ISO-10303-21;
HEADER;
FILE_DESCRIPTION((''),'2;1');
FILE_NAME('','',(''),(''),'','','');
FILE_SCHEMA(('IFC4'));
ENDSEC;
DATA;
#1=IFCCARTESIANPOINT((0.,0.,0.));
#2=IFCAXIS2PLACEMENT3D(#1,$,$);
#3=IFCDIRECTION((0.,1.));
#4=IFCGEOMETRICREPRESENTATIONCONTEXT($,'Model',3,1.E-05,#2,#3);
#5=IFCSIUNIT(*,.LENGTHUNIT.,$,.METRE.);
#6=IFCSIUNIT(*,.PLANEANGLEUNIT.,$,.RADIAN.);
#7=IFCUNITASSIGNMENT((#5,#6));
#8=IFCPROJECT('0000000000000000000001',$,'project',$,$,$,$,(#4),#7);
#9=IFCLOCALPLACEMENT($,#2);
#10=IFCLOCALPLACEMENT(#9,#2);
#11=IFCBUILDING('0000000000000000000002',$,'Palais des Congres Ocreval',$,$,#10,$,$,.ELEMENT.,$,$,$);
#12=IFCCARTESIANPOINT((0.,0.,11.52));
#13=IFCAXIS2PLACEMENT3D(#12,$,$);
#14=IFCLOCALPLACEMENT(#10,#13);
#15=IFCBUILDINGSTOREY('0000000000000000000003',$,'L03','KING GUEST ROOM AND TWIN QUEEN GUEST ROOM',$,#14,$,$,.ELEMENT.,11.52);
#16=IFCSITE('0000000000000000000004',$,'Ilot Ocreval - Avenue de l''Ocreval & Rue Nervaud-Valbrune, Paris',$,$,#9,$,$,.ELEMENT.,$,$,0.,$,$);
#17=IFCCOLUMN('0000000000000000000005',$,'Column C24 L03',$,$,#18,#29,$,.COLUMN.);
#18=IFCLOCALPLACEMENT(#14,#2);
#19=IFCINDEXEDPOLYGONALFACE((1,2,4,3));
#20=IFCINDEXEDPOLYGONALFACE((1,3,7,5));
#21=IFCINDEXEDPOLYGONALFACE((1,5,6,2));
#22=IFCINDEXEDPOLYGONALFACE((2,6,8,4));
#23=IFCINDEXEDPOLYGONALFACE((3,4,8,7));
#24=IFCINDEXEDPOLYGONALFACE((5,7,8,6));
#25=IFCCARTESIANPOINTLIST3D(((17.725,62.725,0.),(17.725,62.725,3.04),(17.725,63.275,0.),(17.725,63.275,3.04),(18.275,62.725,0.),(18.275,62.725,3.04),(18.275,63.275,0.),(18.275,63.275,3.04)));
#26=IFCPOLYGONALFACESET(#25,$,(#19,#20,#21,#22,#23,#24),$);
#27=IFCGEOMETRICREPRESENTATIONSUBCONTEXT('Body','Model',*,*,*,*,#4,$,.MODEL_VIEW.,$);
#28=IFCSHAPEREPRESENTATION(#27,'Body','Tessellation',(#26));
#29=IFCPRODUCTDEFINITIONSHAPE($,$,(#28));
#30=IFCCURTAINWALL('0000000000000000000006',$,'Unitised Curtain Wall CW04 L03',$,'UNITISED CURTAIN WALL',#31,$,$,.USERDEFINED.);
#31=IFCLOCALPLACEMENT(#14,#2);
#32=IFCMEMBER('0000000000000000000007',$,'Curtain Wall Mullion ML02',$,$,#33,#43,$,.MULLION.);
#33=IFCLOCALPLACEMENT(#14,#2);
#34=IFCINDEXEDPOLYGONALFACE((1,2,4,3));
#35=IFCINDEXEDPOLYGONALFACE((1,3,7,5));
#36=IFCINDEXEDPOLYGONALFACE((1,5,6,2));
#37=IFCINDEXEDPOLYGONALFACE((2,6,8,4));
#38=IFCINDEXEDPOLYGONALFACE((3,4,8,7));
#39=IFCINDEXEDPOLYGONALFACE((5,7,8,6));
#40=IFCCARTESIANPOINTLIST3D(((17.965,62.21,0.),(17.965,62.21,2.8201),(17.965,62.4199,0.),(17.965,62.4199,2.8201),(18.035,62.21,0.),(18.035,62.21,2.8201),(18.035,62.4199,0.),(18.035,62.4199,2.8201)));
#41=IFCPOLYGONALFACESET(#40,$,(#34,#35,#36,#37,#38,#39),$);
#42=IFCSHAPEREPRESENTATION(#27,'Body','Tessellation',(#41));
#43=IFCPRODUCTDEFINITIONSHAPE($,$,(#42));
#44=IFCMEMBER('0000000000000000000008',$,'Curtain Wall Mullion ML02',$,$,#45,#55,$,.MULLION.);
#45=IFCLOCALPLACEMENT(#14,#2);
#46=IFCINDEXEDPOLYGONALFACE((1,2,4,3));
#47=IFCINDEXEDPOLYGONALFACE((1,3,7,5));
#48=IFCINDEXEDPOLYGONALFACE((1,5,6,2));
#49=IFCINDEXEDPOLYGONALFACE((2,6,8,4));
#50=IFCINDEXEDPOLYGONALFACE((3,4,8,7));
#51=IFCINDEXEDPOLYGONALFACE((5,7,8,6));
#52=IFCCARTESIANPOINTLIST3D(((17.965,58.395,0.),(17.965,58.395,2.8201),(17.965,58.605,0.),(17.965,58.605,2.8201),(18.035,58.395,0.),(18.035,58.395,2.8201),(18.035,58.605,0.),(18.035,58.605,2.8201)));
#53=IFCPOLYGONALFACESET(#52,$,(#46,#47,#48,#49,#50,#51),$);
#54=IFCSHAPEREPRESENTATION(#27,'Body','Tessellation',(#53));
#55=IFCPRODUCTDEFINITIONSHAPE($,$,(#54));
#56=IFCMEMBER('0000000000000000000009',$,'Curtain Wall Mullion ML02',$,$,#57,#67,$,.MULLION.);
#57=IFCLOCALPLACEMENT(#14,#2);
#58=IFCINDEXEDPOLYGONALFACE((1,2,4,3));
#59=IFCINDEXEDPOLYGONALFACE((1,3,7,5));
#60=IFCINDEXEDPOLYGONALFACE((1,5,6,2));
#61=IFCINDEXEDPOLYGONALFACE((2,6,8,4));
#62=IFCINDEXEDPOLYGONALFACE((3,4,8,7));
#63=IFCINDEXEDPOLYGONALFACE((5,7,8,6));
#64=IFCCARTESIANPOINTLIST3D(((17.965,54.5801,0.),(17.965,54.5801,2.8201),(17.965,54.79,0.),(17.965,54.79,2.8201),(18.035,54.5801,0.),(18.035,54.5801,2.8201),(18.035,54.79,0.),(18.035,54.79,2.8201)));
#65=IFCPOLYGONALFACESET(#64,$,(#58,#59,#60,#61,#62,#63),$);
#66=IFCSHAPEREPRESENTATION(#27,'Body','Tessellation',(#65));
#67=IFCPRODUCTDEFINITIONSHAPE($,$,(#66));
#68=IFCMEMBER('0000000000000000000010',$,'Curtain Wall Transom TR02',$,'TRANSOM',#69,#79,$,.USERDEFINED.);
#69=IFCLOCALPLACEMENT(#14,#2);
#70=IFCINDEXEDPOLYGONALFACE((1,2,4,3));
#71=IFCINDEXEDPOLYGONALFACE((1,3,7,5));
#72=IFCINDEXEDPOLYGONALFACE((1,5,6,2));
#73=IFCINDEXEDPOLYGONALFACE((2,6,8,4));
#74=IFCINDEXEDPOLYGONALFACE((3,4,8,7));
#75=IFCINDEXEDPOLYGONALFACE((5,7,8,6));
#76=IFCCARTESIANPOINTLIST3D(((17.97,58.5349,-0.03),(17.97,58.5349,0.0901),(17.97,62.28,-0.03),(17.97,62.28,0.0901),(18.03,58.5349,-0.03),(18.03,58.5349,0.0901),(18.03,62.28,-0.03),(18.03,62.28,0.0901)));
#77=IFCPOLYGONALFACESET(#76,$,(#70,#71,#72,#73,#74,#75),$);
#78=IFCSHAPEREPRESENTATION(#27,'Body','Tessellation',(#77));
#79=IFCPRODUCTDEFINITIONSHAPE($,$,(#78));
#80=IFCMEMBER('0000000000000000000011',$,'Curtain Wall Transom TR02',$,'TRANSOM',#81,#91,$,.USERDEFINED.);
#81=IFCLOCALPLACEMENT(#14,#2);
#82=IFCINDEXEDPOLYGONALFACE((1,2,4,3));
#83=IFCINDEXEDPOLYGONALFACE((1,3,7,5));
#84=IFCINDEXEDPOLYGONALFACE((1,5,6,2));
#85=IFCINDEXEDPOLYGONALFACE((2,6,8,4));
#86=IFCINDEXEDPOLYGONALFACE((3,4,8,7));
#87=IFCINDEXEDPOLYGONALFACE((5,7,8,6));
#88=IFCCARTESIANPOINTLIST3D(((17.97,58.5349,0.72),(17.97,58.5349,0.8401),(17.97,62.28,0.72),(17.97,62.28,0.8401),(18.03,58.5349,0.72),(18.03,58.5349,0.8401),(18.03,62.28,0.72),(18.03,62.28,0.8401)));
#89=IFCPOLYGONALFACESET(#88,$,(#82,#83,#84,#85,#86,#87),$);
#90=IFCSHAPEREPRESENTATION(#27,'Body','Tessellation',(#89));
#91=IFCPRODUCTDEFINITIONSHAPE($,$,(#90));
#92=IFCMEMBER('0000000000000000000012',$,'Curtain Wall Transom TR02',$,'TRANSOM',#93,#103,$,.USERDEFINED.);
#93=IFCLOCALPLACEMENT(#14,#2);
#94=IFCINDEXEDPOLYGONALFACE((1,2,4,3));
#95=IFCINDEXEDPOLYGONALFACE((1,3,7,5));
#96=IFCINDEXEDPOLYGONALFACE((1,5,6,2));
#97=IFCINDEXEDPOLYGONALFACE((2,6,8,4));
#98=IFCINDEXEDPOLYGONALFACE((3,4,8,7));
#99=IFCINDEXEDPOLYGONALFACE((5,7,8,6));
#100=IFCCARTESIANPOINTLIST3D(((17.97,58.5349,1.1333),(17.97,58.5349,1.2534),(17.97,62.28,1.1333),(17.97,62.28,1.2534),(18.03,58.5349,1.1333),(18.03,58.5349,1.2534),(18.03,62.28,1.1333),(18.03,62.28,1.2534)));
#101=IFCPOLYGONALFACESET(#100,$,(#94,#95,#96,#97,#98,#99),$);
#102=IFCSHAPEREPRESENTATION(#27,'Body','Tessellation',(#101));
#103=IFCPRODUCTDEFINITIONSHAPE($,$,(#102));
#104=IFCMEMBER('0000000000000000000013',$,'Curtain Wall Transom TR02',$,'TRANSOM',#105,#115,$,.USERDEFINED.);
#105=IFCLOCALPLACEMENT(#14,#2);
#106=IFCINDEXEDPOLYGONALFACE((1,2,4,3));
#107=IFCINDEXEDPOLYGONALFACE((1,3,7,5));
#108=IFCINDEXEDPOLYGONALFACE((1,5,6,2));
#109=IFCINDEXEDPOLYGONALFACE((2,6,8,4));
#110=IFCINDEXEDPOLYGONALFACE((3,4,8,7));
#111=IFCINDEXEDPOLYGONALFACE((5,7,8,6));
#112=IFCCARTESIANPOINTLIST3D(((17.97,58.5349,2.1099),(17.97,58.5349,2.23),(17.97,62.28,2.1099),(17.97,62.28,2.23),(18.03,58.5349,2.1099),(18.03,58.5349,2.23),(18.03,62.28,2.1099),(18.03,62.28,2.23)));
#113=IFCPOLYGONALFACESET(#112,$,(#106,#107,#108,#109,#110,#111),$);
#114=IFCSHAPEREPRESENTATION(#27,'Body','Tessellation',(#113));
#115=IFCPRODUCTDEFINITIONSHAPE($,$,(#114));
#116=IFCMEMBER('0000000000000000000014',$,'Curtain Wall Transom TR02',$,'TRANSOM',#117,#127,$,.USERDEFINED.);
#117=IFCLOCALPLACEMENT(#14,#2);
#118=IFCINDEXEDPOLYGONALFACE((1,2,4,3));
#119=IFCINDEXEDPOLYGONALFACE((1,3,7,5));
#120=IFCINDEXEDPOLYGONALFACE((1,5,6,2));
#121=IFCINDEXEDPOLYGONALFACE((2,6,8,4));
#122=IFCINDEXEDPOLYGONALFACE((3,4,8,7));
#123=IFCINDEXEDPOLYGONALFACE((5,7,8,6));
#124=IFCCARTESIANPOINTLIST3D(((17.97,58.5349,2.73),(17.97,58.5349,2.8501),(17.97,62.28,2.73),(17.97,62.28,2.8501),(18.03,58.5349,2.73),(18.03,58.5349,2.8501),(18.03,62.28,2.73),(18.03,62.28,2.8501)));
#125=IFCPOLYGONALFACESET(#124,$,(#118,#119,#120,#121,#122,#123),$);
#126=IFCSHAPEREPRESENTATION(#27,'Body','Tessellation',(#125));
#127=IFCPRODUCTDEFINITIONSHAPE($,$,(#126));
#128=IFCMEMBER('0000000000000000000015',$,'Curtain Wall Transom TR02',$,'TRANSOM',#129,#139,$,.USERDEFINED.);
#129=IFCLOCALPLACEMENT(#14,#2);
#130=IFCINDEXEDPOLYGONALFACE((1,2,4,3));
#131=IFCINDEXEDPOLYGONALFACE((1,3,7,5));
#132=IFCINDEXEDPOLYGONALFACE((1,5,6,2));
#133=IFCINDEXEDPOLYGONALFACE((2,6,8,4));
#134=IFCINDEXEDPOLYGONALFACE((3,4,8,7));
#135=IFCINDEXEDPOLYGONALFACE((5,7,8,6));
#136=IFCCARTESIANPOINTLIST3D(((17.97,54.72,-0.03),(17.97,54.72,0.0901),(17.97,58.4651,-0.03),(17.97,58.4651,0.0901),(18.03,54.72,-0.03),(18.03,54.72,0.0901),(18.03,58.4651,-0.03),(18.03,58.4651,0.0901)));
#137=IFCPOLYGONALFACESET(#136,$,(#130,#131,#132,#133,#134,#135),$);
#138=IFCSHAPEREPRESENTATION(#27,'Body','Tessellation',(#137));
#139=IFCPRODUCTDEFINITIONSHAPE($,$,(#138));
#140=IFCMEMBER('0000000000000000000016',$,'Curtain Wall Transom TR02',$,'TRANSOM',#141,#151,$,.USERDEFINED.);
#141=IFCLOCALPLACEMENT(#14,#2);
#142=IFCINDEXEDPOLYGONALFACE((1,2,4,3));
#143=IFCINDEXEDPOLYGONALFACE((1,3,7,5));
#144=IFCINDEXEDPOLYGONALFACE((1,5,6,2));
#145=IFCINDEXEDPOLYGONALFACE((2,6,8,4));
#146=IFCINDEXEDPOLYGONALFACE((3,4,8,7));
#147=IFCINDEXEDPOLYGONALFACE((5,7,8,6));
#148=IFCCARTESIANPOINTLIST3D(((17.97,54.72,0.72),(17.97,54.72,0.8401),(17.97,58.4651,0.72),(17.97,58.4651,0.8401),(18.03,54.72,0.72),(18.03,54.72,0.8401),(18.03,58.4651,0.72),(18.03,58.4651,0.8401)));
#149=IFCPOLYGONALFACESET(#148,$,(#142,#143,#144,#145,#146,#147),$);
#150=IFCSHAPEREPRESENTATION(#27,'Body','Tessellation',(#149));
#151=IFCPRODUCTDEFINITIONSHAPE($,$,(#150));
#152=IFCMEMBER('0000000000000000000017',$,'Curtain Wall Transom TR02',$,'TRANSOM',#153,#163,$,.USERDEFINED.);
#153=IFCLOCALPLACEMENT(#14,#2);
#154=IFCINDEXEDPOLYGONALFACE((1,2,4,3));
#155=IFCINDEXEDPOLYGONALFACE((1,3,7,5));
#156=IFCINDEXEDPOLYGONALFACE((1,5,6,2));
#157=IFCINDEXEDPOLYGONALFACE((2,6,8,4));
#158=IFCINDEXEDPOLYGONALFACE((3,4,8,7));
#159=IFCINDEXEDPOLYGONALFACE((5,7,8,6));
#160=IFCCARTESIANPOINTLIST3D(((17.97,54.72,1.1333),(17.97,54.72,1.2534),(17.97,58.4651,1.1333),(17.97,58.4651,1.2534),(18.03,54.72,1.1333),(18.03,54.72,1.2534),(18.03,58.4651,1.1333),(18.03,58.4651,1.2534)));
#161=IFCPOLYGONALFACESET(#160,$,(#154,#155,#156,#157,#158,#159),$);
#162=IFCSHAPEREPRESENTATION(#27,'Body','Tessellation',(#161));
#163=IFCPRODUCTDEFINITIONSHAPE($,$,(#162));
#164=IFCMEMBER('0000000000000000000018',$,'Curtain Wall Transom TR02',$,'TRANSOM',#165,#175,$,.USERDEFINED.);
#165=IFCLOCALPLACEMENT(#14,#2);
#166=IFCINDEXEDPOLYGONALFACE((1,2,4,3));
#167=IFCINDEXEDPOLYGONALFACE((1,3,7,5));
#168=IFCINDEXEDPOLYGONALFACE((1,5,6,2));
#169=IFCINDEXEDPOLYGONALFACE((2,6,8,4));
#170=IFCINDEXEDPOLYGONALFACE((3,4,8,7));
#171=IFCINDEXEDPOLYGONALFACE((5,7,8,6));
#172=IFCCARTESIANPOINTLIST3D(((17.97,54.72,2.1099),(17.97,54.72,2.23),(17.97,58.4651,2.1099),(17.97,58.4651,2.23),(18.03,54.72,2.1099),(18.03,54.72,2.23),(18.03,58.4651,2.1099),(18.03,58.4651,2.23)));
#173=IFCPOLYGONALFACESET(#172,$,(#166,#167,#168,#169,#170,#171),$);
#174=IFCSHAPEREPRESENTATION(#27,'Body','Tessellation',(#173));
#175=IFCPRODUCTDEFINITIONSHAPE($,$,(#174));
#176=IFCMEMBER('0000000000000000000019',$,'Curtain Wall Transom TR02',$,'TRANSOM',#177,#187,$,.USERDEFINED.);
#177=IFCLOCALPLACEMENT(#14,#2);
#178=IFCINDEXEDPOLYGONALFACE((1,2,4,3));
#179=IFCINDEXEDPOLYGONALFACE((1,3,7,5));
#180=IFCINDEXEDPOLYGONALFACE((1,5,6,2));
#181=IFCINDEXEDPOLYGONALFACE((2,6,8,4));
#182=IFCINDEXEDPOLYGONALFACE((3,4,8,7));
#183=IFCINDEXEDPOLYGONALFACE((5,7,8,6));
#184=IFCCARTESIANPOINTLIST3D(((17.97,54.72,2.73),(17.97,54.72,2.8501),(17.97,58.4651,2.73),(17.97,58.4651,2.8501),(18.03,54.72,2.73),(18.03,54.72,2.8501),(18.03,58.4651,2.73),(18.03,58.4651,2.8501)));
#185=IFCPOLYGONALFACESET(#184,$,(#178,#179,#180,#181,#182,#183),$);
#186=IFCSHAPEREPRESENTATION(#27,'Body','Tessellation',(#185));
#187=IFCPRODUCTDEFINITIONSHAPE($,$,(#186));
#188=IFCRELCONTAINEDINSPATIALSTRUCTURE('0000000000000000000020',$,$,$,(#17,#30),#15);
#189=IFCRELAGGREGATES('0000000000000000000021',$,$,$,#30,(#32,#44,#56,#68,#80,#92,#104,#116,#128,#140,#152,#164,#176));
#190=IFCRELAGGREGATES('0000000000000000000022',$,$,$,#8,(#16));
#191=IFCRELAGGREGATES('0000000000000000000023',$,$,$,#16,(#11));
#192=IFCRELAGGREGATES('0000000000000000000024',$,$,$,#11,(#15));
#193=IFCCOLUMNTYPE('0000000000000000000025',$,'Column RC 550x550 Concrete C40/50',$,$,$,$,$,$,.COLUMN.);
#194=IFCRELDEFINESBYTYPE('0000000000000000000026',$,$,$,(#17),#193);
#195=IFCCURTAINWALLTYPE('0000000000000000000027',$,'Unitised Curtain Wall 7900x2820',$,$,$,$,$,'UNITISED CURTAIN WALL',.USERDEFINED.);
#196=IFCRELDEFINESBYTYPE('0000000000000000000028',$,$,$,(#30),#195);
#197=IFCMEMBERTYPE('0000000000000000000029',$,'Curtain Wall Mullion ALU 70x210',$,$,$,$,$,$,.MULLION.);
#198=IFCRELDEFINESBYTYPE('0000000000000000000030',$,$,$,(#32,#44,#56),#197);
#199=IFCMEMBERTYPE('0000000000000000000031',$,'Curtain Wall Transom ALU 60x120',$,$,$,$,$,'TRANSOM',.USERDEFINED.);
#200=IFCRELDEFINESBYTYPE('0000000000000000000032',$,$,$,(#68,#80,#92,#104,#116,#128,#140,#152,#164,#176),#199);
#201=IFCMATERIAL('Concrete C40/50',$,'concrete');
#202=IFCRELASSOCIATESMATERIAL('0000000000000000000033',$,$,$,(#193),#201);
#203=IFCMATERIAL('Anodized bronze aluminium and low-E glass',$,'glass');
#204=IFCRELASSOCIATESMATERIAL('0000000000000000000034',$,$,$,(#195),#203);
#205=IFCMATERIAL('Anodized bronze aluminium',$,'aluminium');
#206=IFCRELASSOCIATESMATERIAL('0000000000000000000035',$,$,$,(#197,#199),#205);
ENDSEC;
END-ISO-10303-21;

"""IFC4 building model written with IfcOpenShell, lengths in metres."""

from ifc_helpers import new_model, si_unit, direction, frame, origin, origin_2d, place, context, subcontext, project, spatial, rectangle, extrude, material, material_profile, profile_set, type_object, element, aggregate, save


model = new_model("IFC4")

# Units and contexts
model_context = context("Model", 3, precision=1e-05, world=origin(), true_north=direction((0.0, 1.0)))
body_context = subcontext(model_context, "Body", "Model", "MODEL_VIEW")
ifc_project = project(units=[si_unit("LENGTHUNIT", "METRE"), si_unit("PLANEANGLEUNIT", "RADIAN")], contexts=[model_context])

# Site, building, storey
site_placement = place(None, origin())
site = spatial("IfcSite", under=ifc_project, at=site_placement, Name="Ilot Ocreval - Avenue de l'Ocreval & Rue Nervaud-Valbrune, Paris", CompositionType="ELEMENT", RefElevation=0.0)
building_placement = place(site_placement, origin())
building = spatial("IfcBuilding", under=site, at=building_placement, Name="Palais des Congres Ocreval", CompositionType="ELEMENT")
storey_placement = place(building_placement, frame((0.0, 0.0, 11.52)))
storey = spatial("IfcBuildingStorey", under=building, at=storey_placement, Name="L03", Description="KING GUEST ROOM AND TWIN QUEEN GUEST ROOM", CompositionType="ELEMENT", Elevation=11.52)

# Column
ifc_material_1 = material(Name="Concrete C40/50", Category="concrete")
ifc_material_profile_1 = material_profile(ifc_material_1, rectangle(XDim=0.55, YDim=0.55, at=origin_2d()), Name="RC 550x550")
ifc_profile_set_1 = profile_set([ifc_material_profile_1], Name="Concrete C40/50")
column_type = type_object("IfcColumnType", Name="Column RC 550x550 Concrete C40/50", PredefinedType="COLUMN", material=ifc_profile_set_1)
column_placement = place(storey_placement, frame((18.0, 63.0, 0.0), z_axis=(0.0, 0.0, 1.0), x_axis=(1.0, 0.0, 0.0)))
element("IfcColumn", 1, at=column_placement, inside=storey, type_object=column_type, Name="Column C24 L03", PredefinedType="COLUMN", context=body_context, shape_type="SweptSolid", body=[
    extrude(rectangle(XDim=0.55, YDim=0.55, at=origin_2d()), origin(), (0.0, 0.0, 1.0), 3.04),
])

# Curtain wall, members
ifc_material_2 = material(Name="Anodized bronze aluminium and low-E glass", Category="glass")
curtain_wall_type = type_object("IfcCurtainWallType", Name="Unitised Curtain Wall 7900x2820", ElementType="UNITISED CURTAIN WALL", PredefinedType="USERDEFINED", material=ifc_material_2)
curtain_wall_placement = place(storey_placement, origin())
curtain_wall = element("IfcCurtainWall", 2, at=curtain_wall_placement, inside=storey, type_object=curtain_wall_type, Name="Unitised Curtain Wall CW04 L03", ObjectType="UNITISED CURTAIN WALL", PredefinedType="USERDEFINED")
ifc_material_3 = material(Name="Anodized bronze aluminium", Category="aluminium")
ifc_material_profile_2 = material_profile(ifc_material_3, rectangle(XDim=0.0701, YDim=0.21, at=origin_2d()), Name="ALU 70x210")
ifc_profile_set_2 = profile_set([ifc_material_profile_2], Name="Anodized bronze aluminium")
member_type_1 = type_object("IfcMemberType", Name="Curtain Wall Mullion ALU 70x210", PredefinedType="MULLION", material=ifc_profile_set_2)
member_1_placement = place(storey_placement, frame((18.0, 62.3149, 0.0), z_axis=(0.0, 0.0, 1.0), x_axis=(1.0, 0.0, 0.0)))
member_1 = element("IfcMember", 3, at=member_1_placement, type_object=member_type_1, Name="Curtain Wall Mullion ML02", PredefinedType="MULLION", context=body_context, shape_type="SweptSolid", body=[
    extrude(rectangle(XDim=0.0701, YDim=0.21, at=origin_2d()), origin(), (0.0, 0.0, 1.0), 2.8201),
])
member_2_placement = place(storey_placement, frame((18.0, 58.5, 0.0), z_axis=(0.0, 0.0, 1.0), x_axis=(1.0, 0.0, 0.0)))
member_2 = element("IfcMember", 4, at=member_2_placement, type_object=member_type_1, Name="Curtain Wall Mullion ML02", PredefinedType="MULLION", context=body_context, shape_type="SweptSolid", body=[
    extrude(rectangle(XDim=0.0701, YDim=0.21, at=origin_2d()), origin(), (0.0, 0.0, 1.0), 2.8201),
])
member_3_placement = place(storey_placement, frame((18.0, 54.6851, 0.0), z_axis=(0.0, 0.0, 1.0), x_axis=(1.0, 0.0, 0.0)))
member_3 = element("IfcMember", 5, at=member_3_placement, type_object=member_type_1, Name="Curtain Wall Mullion ML02", PredefinedType="MULLION", context=body_context, shape_type="SweptSolid", body=[
    extrude(rectangle(XDim=0.0701, YDim=0.21, at=origin_2d()), origin(), (0.0, 0.0, 1.0), 2.8201),
])
ifc_material_profile_3 = material_profile(ifc_material_3, rectangle(XDim=0.0601, YDim=0.1201, at=origin_2d()), Name="ALU 60x120")
ifc_profile_set_3 = profile_set([ifc_material_profile_3], Name="Anodized bronze aluminium")
member_type_2 = type_object("IfcMemberType", Name="Curtain Wall Transom ALU 60x120", ElementType="TRANSOM", PredefinedType="USERDEFINED", material=ifc_profile_set_3)
member_4_placement = place(storey_placement, frame((18.0, 62.28, 0.03), z_axis=(0.0, -1.0, 0.0), x_axis=(1.0, 0.0, 0.0)))
member_4 = element("IfcMember", 6, at=member_4_placement, type_object=member_type_2, Name="Curtain Wall Transom TR02", ObjectType="TRANSOM", PredefinedType="USERDEFINED", context=body_context, shape_type="SweptSolid", body=[
    extrude(rectangle(XDim=0.0601, YDim=0.1201, at=origin_2d()), origin(), (0.0, 0.0, 1.0), 3.7451),
])
member_5_placement = place(storey_placement, frame((18.0, 62.28, 0.78), z_axis=(0.0, -1.0, 0.0), x_axis=(1.0, 0.0, 0.0)))
member_5 = element("IfcMember", 7, at=member_5_placement, type_object=member_type_2, Name="Curtain Wall Transom TR02", ObjectType="TRANSOM", PredefinedType="USERDEFINED", context=body_context, shape_type="SweptSolid", body=[
    extrude(rectangle(XDim=0.0601, YDim=0.1201, at=origin_2d()), origin(), (0.0, 0.0, 1.0), 3.7451),
])
member_6_placement = place(storey_placement, frame((18.0, 62.28, 1.1934), z_axis=(0.0, -1.0, 0.0), x_axis=(1.0, 0.0, 0.0)))
member_6 = element("IfcMember", 8, at=member_6_placement, type_object=member_type_2, Name="Curtain Wall Transom TR02", ObjectType="TRANSOM", PredefinedType="USERDEFINED", context=body_context, shape_type="SweptSolid", body=[
    extrude(rectangle(XDim=0.0601, YDim=0.1201, at=origin_2d()), origin(), (0.0, 0.0, 1.0), 3.7451),
])
member_7_placement = place(storey_placement, frame((18.0, 62.28, 2.1699), z_axis=(0.0, -1.0, 0.0), x_axis=(1.0, 0.0, 0.0)))
member_7 = element("IfcMember", 9, at=member_7_placement, type_object=member_type_2, Name="Curtain Wall Transom TR02", ObjectType="TRANSOM", PredefinedType="USERDEFINED", context=body_context, shape_type="SweptSolid", body=[
    extrude(rectangle(XDim=0.0601, YDim=0.1201, at=origin_2d()), origin(), (0.0, 0.0, 1.0), 3.7451),
])
member_8_placement = place(storey_placement, frame((18.0, 62.28, 2.79), z_axis=(0.0, -1.0, 0.0), x_axis=(1.0, 0.0, 0.0)))
member_8 = element("IfcMember", 10, at=member_8_placement, type_object=member_type_2, Name="Curtain Wall Transom TR02", ObjectType="TRANSOM", PredefinedType="USERDEFINED", context=body_context, shape_type="SweptSolid", body=[
    extrude(rectangle(XDim=0.0601, YDim=0.1201, at=origin_2d()), origin(), (0.0, 0.0, 1.0), 3.7451),
])
member_9_placement = place(storey_placement, frame((18.0, 58.4651, 0.03), z_axis=(0.0, -1.0, 0.0), x_axis=(1.0, 0.0, 0.0)))
member_9 = element("IfcMember", 11, at=member_9_placement, type_object=member_type_2, Name="Curtain Wall Transom TR02", ObjectType="TRANSOM", PredefinedType="USERDEFINED", context=body_context, shape_type="SweptSolid", body=[
    extrude(rectangle(XDim=0.0601, YDim=0.1201, at=origin_2d()), origin(), (0.0, 0.0, 1.0), 3.7451),
])
member_10_placement = place(storey_placement, frame((18.0, 58.4651, 0.78), z_axis=(0.0, -1.0, 0.0), x_axis=(1.0, 0.0, 0.0)))
member_10 = element("IfcMember", 12, at=member_10_placement, type_object=member_type_2, Name="Curtain Wall Transom TR02", ObjectType="TRANSOM", PredefinedType="USERDEFINED", context=body_context, shape_type="SweptSolid", body=[
    extrude(rectangle(XDim=0.0601, YDim=0.1201, at=origin_2d()), origin(), (0.0, 0.0, 1.0), 3.7451),
])
member_11_placement = place(storey_placement, frame((18.0, 58.4651, 1.1934), z_axis=(0.0, -1.0, 0.0), x_axis=(1.0, 0.0, 0.0)))
member_11 = element("IfcMember", 13, at=member_11_placement, type_object=member_type_2, Name="Curtain Wall Transom TR02", ObjectType="TRANSOM", PredefinedType="USERDEFINED", context=body_context, shape_type="SweptSolid", body=[
    extrude(rectangle(XDim=0.0601, YDim=0.1201, at=origin_2d()), origin(), (0.0, 0.0, 1.0), 3.7451),
])
member_12_placement = place(storey_placement, frame((18.0, 58.4651, 2.1699), z_axis=(0.0, -1.0, 0.0), x_axis=(1.0, 0.0, 0.0)))
member_12 = element("IfcMember", 14, at=member_12_placement, type_object=member_type_2, Name="Curtain Wall Transom TR02", ObjectType="TRANSOM", PredefinedType="USERDEFINED", context=body_context, shape_type="SweptSolid", body=[
    extrude(rectangle(XDim=0.0601, YDim=0.1201, at=origin_2d()), origin(), (0.0, 0.0, 1.0), 3.7451),
])
member_13_placement = place(storey_placement, frame((18.0, 58.4651, 2.79), z_axis=(0.0, -1.0, 0.0), x_axis=(1.0, 0.0, 0.0)))
member_13 = element("IfcMember", 15, at=member_13_placement, type_object=member_type_2, Name="Curtain Wall Transom TR02", ObjectType="TRANSOM", PredefinedType="USERDEFINED", context=body_context, shape_type="SweptSolid", body=[
    extrude(rectangle(XDim=0.0601, YDim=0.1201, at=origin_2d()), origin(), (0.0, 0.0, 1.0), 3.7451),
])
aggregate(curtain_wall, [member_1, member_2, member_3, member_4, member_5, member_6, member_7, member_8, member_9, member_10, member_11, member_12, member_13])

save(model, "model.ifc")
